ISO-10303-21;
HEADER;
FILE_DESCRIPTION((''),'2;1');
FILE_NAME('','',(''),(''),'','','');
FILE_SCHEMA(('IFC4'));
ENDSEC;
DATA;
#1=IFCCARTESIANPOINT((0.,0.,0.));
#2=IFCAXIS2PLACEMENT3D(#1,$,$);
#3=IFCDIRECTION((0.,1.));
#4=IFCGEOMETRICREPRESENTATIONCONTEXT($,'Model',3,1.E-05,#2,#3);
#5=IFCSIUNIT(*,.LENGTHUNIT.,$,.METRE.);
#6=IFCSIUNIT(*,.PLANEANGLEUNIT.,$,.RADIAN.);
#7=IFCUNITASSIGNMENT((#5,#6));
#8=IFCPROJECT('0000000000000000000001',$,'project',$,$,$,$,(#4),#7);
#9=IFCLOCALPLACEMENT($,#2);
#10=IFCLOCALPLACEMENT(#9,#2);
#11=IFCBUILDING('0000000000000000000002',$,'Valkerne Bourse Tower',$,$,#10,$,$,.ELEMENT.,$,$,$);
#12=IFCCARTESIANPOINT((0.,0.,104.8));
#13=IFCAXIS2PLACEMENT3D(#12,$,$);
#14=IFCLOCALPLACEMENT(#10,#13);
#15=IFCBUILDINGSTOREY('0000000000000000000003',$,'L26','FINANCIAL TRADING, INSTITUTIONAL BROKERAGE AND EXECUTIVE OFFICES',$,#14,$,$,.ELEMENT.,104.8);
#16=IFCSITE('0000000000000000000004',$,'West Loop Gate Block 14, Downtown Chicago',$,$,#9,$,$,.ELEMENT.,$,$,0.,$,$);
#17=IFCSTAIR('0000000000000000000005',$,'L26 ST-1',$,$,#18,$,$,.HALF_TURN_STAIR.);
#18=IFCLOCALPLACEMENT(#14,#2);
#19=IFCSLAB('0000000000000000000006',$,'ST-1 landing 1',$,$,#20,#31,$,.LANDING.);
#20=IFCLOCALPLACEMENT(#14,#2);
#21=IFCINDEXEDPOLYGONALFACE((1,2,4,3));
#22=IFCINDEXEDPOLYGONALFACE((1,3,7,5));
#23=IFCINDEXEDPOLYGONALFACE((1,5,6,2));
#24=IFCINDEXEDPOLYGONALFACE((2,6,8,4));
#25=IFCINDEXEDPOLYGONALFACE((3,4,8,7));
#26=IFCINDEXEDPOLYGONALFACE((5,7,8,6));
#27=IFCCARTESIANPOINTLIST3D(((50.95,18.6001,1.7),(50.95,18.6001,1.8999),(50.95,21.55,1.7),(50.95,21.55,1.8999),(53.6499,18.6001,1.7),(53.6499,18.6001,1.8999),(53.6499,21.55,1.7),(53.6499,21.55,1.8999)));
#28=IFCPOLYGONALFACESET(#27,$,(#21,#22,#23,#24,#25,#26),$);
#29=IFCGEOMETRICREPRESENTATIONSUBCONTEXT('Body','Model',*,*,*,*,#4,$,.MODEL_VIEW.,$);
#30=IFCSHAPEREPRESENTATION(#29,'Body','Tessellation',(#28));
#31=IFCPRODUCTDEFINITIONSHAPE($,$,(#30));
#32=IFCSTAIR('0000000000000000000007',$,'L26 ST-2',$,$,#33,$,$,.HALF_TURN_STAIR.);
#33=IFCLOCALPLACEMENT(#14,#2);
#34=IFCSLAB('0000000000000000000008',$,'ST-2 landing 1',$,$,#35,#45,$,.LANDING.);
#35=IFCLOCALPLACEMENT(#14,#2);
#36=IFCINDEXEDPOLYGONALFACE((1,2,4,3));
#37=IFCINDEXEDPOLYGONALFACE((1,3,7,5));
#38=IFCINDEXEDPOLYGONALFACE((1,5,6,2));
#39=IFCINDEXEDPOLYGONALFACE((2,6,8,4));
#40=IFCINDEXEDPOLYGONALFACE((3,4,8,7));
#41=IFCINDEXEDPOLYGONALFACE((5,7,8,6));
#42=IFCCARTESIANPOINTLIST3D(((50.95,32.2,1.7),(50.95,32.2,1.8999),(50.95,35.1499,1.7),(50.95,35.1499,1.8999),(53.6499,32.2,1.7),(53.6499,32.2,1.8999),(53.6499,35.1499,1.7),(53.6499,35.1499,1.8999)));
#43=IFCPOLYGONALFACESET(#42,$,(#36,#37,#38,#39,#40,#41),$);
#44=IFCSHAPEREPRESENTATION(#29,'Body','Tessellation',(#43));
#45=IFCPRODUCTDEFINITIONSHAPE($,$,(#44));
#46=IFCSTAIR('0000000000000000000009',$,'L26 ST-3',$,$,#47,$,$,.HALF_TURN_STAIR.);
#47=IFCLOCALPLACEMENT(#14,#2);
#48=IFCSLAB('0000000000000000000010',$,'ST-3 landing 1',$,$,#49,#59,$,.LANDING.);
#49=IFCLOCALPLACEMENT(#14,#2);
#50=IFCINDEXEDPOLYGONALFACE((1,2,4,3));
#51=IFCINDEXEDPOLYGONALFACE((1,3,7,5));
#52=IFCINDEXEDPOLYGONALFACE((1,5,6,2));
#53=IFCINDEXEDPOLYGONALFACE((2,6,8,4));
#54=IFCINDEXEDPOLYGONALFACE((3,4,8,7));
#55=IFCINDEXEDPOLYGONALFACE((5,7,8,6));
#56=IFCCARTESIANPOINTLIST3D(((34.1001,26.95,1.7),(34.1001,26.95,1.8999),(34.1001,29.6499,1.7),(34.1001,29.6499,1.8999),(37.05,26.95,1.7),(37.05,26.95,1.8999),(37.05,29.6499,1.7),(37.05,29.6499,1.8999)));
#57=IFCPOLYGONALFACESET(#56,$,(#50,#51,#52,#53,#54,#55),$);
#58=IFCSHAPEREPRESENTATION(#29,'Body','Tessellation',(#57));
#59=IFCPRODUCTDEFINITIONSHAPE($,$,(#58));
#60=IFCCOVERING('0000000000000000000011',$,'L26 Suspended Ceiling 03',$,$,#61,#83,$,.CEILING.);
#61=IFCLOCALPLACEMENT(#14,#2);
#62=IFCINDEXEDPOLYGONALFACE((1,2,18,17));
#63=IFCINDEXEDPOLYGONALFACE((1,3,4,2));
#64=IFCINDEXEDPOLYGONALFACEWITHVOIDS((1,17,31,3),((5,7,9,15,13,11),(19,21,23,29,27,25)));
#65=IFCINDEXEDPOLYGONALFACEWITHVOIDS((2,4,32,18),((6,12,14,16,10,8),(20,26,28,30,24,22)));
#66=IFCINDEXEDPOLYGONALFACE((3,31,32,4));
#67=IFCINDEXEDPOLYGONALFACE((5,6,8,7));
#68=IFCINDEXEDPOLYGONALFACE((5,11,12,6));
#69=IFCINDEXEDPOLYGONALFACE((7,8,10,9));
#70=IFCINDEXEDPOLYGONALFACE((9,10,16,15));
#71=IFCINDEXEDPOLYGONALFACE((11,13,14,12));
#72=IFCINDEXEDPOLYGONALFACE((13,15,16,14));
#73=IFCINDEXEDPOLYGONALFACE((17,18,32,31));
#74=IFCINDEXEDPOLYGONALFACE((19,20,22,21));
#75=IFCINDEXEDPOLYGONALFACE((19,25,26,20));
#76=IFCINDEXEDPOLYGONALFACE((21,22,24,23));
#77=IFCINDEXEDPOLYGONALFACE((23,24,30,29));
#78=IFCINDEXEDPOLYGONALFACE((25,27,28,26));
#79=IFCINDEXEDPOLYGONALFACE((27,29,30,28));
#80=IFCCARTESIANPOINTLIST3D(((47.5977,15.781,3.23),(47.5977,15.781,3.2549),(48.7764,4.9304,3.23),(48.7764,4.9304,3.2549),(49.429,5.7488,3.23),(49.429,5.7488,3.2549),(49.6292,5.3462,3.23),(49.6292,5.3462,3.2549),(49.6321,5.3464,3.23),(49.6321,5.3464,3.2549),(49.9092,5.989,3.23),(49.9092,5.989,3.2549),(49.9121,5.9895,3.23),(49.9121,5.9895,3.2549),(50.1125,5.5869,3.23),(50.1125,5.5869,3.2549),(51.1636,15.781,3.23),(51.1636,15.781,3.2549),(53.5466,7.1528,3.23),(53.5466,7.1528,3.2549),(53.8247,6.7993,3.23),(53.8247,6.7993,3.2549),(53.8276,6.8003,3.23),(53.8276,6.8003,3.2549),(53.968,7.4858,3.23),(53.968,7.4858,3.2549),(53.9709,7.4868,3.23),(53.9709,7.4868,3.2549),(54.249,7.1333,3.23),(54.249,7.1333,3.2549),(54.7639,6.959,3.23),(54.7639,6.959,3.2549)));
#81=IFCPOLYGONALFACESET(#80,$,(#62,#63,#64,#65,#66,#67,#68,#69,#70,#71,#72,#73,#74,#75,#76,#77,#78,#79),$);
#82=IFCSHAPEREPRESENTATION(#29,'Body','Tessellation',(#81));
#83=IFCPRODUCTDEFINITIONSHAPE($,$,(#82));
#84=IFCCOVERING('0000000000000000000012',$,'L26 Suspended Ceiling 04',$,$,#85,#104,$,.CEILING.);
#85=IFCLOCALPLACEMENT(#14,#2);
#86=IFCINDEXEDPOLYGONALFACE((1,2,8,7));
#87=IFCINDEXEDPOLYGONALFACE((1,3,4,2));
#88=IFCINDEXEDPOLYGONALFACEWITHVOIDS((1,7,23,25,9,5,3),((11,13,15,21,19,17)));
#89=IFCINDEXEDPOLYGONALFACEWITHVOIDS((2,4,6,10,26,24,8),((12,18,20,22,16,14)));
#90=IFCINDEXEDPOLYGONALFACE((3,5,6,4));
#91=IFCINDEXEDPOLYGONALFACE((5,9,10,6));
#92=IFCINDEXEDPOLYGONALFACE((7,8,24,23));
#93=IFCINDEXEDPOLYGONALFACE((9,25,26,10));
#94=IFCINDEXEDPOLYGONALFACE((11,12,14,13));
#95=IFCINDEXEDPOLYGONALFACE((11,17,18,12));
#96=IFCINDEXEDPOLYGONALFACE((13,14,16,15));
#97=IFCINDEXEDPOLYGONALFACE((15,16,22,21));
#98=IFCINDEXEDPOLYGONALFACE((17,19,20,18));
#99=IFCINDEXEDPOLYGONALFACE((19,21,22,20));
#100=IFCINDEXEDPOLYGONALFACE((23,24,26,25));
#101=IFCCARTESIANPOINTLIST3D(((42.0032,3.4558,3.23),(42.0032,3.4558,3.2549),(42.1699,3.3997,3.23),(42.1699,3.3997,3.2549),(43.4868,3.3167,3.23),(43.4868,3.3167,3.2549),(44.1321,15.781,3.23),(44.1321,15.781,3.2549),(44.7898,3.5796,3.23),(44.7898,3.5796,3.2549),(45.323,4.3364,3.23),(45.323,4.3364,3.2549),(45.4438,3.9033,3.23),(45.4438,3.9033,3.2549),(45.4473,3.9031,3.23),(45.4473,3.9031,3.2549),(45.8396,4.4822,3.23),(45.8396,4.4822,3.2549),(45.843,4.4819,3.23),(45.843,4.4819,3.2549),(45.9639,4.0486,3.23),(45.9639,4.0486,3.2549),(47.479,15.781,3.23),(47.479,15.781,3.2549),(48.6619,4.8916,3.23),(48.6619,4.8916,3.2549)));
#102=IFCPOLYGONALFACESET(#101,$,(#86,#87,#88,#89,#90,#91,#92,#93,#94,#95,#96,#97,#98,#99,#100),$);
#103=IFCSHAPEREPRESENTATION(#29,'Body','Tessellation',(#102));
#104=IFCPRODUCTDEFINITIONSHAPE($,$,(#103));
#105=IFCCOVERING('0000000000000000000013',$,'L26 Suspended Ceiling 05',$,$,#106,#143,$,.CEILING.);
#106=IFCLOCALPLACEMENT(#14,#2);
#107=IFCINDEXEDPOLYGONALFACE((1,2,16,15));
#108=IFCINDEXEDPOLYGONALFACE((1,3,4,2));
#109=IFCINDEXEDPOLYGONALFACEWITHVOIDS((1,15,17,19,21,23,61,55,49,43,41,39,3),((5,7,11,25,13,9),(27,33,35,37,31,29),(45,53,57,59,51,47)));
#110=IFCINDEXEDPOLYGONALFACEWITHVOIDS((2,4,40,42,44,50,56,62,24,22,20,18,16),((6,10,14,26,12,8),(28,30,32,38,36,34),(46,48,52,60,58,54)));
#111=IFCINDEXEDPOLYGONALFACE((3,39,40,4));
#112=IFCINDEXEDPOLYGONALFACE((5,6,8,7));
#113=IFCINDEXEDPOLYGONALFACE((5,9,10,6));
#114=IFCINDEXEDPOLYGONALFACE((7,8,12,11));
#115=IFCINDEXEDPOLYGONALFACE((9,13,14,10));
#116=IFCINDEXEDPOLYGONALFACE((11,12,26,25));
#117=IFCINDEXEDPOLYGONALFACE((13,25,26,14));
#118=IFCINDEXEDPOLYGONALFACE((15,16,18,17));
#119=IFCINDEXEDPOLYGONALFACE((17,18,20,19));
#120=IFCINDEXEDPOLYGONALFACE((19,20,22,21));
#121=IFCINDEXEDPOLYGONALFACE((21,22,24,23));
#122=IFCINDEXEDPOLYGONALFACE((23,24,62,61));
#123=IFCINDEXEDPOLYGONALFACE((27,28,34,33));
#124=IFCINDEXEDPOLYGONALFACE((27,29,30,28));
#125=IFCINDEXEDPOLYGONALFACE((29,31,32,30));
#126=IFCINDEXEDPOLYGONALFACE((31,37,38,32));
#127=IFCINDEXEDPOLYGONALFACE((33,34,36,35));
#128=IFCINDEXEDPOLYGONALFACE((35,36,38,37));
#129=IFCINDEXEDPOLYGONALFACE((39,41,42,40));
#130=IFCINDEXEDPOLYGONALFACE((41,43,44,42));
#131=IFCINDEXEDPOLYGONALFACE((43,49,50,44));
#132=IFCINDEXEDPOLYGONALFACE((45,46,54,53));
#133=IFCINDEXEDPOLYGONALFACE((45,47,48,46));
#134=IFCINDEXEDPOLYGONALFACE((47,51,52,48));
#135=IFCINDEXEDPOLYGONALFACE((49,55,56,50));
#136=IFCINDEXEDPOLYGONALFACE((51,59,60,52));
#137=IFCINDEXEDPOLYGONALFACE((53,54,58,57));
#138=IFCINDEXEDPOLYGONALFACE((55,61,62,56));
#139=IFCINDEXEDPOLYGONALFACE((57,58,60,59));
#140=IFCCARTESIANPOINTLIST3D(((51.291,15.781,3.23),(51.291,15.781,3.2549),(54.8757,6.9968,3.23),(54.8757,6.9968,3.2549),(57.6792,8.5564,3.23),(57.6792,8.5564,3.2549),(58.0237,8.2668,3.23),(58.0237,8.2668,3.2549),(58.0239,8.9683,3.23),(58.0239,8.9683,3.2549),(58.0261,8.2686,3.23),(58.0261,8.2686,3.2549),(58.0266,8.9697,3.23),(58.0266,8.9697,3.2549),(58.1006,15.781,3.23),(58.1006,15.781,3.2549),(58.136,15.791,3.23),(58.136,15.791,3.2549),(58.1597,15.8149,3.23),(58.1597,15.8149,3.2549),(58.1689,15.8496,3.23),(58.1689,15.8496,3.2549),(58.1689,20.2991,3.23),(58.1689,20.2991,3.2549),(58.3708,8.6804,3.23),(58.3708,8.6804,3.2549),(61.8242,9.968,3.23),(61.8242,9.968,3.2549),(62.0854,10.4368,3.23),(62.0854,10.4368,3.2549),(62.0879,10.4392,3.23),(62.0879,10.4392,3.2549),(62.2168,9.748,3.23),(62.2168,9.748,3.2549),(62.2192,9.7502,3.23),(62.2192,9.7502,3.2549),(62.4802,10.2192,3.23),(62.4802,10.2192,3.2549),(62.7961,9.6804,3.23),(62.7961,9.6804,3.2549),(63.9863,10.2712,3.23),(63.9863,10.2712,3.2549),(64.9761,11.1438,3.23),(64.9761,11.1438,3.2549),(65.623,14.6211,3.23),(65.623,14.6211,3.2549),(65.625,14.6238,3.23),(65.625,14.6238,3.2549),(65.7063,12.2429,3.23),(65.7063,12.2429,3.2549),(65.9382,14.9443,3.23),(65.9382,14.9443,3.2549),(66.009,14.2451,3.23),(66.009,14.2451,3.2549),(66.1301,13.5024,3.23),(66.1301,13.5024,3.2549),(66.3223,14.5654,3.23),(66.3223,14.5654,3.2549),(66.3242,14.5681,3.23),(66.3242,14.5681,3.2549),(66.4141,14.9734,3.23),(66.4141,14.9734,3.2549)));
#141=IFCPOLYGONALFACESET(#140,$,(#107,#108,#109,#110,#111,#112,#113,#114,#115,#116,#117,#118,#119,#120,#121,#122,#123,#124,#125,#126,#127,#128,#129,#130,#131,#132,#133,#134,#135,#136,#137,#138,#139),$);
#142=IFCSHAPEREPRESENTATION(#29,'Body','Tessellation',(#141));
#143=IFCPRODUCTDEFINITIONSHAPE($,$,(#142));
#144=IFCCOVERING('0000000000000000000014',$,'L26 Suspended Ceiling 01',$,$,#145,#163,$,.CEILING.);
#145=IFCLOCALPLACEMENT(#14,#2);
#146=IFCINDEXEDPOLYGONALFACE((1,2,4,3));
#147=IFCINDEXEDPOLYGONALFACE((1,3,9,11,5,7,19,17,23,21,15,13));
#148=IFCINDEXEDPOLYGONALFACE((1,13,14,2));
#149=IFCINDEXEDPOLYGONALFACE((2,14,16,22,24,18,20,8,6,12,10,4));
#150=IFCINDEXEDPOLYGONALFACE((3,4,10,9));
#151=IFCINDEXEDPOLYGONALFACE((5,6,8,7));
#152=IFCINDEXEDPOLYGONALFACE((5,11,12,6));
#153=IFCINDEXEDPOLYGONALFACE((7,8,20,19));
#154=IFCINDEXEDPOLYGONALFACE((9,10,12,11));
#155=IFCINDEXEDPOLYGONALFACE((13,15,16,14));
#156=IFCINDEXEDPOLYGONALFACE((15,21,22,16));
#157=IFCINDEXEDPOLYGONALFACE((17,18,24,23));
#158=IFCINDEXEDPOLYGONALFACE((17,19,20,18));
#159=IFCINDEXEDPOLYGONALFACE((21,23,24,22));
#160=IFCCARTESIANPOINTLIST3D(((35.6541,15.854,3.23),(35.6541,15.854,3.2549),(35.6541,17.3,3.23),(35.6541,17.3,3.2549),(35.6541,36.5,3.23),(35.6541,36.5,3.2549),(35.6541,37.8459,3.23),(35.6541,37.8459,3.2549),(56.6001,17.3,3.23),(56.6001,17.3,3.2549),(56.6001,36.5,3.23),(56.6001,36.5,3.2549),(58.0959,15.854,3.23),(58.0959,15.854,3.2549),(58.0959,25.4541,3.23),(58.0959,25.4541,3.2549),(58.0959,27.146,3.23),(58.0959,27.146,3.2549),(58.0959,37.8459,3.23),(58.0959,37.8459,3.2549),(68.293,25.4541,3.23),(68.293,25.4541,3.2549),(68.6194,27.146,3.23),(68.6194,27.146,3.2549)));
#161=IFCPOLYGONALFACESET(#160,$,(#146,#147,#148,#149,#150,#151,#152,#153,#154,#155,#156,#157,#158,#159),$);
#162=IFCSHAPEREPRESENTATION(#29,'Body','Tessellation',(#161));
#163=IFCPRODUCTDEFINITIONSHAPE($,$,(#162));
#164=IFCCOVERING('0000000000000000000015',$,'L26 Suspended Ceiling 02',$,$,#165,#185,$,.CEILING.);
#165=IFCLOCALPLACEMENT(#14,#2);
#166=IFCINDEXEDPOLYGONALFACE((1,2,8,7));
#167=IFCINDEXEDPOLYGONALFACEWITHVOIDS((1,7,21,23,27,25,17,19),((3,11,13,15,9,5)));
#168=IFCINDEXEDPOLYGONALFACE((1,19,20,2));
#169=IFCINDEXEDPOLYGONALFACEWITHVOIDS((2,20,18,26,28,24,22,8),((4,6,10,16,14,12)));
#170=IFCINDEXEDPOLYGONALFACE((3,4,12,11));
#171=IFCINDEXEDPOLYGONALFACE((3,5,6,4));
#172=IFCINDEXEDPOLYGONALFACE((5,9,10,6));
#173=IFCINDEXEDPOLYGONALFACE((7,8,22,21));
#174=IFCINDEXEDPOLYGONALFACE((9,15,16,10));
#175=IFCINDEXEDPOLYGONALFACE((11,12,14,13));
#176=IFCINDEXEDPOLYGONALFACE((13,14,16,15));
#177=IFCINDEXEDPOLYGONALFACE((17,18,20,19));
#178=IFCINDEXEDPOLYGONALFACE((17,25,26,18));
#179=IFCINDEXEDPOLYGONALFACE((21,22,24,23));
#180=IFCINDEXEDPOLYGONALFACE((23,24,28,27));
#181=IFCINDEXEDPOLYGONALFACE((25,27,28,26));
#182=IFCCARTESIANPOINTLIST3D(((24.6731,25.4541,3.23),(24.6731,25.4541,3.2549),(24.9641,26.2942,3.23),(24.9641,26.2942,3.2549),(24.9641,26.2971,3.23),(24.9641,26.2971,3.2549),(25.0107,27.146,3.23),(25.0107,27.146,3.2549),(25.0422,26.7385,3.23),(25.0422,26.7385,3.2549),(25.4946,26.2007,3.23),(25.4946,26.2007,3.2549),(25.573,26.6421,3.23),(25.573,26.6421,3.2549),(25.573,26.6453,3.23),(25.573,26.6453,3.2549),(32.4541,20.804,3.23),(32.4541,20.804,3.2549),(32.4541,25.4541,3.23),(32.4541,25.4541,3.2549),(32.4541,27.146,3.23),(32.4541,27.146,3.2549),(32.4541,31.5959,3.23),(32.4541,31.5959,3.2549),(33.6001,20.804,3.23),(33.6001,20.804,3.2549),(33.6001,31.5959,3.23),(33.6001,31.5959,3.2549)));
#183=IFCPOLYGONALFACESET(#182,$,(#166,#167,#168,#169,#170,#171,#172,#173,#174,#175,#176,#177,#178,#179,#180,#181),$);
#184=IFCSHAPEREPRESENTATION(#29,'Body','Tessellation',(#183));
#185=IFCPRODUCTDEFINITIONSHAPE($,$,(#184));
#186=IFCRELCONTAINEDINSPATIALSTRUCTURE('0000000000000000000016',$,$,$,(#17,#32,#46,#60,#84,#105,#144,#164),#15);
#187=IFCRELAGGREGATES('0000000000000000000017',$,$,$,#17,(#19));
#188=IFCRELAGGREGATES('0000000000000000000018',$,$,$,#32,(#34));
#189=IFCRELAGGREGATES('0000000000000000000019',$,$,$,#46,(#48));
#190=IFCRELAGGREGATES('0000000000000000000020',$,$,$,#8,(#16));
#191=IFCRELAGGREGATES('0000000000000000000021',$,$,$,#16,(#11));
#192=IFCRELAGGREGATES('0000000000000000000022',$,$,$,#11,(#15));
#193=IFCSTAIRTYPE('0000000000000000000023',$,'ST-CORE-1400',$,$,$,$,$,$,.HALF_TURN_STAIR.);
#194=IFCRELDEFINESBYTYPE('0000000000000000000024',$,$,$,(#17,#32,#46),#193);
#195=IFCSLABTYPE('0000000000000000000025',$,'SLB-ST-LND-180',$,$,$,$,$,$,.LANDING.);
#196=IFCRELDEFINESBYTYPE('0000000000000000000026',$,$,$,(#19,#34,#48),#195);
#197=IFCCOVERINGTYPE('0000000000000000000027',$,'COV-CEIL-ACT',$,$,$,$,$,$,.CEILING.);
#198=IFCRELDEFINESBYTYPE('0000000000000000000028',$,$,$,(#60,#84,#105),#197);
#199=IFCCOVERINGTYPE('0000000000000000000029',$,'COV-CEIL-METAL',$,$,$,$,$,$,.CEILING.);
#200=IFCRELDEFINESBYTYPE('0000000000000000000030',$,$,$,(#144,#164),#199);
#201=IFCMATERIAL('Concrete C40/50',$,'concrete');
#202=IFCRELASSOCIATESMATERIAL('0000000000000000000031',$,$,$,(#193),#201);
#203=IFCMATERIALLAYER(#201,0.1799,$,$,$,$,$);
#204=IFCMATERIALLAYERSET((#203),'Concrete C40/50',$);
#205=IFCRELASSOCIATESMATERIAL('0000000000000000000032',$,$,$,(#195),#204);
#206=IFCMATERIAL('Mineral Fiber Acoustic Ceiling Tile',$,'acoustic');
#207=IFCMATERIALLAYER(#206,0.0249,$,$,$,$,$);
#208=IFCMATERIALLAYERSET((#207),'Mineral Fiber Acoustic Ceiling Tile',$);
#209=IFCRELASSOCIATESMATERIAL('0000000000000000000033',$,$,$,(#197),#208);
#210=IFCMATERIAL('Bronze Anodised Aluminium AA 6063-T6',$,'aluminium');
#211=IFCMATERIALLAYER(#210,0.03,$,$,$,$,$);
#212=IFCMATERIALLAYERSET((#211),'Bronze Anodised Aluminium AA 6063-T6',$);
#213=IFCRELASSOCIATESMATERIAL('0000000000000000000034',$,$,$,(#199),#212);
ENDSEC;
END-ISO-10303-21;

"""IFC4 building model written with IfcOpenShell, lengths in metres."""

from ifc_helpers import new_model, si_unit, direction, frame, origin, place, context, subcontext, project, spatial, polyline, outline, extrude, material, layer, layer_set, type_object, element, aggregate, save


model = new_model("IFC4")

# Units and contexts
model_context = context("Model", 3, precision=1e-05, world=origin(), true_north=direction((0.0, 1.0)))
body_context = subcontext(model_context, "Body", "Model", "MODEL_VIEW")
ifc_project = project(units=[si_unit("LENGTHUNIT", "METRE"), si_unit("PLANEANGLEUNIT", "RADIAN")], contexts=[model_context])

# Site, building, storey
site_placement = place(None, origin())
site = spatial("IfcSite", under=ifc_project, at=site_placement, Name="West Loop Gate Block 14, Downtown Chicago", CompositionType="ELEMENT", RefElevation=0.0)
building_placement = place(site_placement, origin())
building = spatial("IfcBuilding", under=site, at=building_placement, Name="Valkerne Bourse Tower", CompositionType="ELEMENT")
storey_placement = place(building_placement, frame((0.0, 0.0, 104.8)))
storey = spatial("IfcBuildingStorey", under=building, at=storey_placement, Name="L26", Description="FINANCIAL TRADING, INSTITUTIONAL BROKERAGE AND EXECUTIVE OFFICES", CompositionType="ELEMENT", Elevation=104.8)

# Stairs, slabs
ifc_material_1 = material(Name="Concrete C40/50", Category="concrete")
stair_type = type_object("IfcStairType", Name="ST-CORE-1400", PredefinedType="HALF_TURN_STAIR", material=ifc_material_1)
stair_1_placement = place(storey_placement, origin())
stair_1 = element("IfcStair", 1, at=stair_1_placement, inside=storey, type_object=stair_type, Name="L26 ST-1", PredefinedType="HALF_TURN_STAIR")
ifc_layer_1 = layer(ifc_material_1, 0.1799)
ifc_layer_set_1 = layer_set([ifc_layer_1], Name="Concrete C40/50")
slab_type = type_object("IfcSlabType", Name="SLB-ST-LND-180", PredefinedType="LANDING", material=ifc_layer_set_1)
slab_1_placement = place(storey_placement, frame((0.0, 0.0, 1.7)))
slab_1 = element("IfcSlab", 2, at=slab_1_placement, type_object=slab_type, Name="ST-1 landing 1", PredefinedType="LANDING", context=body_context, shape_type="SweptSolid", body=[
    extrude(outline(polyline([(50.95, 18.6001), (53.6499, 18.6001), (53.6499, 21.55), (50.95, 21.55), (50.95, 18.6001)])), origin(), (0.0, 0.0, 1.0), 0.2),
])
aggregate(stair_1, [slab_1])
stair_2_placement = place(storey_placement, origin())
stair_2 = element("IfcStair", 3, at=stair_2_placement, inside=storey, type_object=stair_type, Name="L26 ST-2", PredefinedType="HALF_TURN_STAIR")
slab_2_placement = place(storey_placement, frame((0.0, 0.0, 1.7)))
slab_2 = element("IfcSlab", 4, at=slab_2_placement, type_object=slab_type, Name="ST-2 landing 1", PredefinedType="LANDING", context=body_context, shape_type="SweptSolid", body=[
    extrude(outline(polyline([(50.95, 32.2), (53.6499, 32.2), (53.6499, 35.1499), (50.95, 35.1499), (50.95, 32.2)])), origin(), (0.0, 0.0, 1.0), 0.2),
])
aggregate(stair_2, [slab_2])
stair_3_placement = place(storey_placement, origin())
stair_3 = element("IfcStair", 5, at=stair_3_placement, inside=storey, type_object=stair_type, Name="L26 ST-3", PredefinedType="HALF_TURN_STAIR")
slab_3_placement = place(storey_placement, frame((0.0, 0.0, 1.7)))
slab_3 = element("IfcSlab", 6, at=slab_3_placement, type_object=slab_type, Name="ST-3 landing 1", PredefinedType="LANDING", context=body_context, shape_type="SweptSolid", body=[
    extrude(outline(polyline([(37.05, 26.95), (37.05, 29.6499), (34.1001, 29.6499), (34.1001, 26.95), (37.05, 26.95)])), origin(), (0.0, 0.0, 1.0), 0.2),
])
aggregate(stair_3, [slab_3])

# Coverings
ifc_material_2 = material(Name="Mineral Fiber Acoustic Ceiling Tile", Category="acoustic")
ifc_layer_2 = layer(ifc_material_2, 0.0249)
ifc_layer_set_2 = layer_set([ifc_layer_2], Name="Mineral Fiber Acoustic Ceiling Tile")
covering_type_1 = type_object("IfcCoveringType", Name="COV-CEIL-ACT", PredefinedType="CEILING", material=ifc_layer_set_2)
covering_1_placement = place(storey_placement, frame((0.0, 0.0, 3.23)))
element("IfcCovering", 7, at=covering_1_placement, inside=storey, type_object=covering_type_1, Name="L26 Suspended Ceiling 03", PredefinedType="CEILING", context=body_context, shape_type="SweptSolid", body=[
    extrude(outline(polyline([(51.1636, 15.781), (54.7639, 6.959), (48.7764, 4.9304), (47.5977, 15.781), (51.1636, 15.781)]), holes=[polyline([(50.1125, 5.5869), (49.9121, 5.9895), (49.9092, 5.989), (49.429, 5.7488), (49.6292, 5.3462), (49.6321, 5.3464), (50.1125, 5.5869)]), polyline([(54.249, 7.1333), (53.9709, 7.4868), (53.968, 7.4858), (53.5466, 7.1528), (53.8247, 6.7993), (53.8276, 6.8003), (54.249, 7.1333)])]), origin(), (0.0, 0.0, 1.0), 0.0249),
])
covering_2_placement = place(storey_placement, frame((0.0, 0.0, 3.23)))
element("IfcCovering", 8, at=covering_2_placement, inside=storey, type_object=covering_type_1, Name="L26 Suspended Ceiling 04", PredefinedType="CEILING", context=body_context, shape_type="SweptSolid", body=[
    extrude(outline(polyline([(42.1699, 3.3997), (42.0032, 3.4558), (44.1321, 15.781), (47.479, 15.781), (48.6619, 4.8916), (44.7898, 3.5796), (43.4868, 3.3167), (42.1699, 3.3997)]), holes=[polyline([(45.9639, 4.0486), (45.843, 4.4819), (45.8396, 4.4822), (45.323, 4.3364), (45.4438, 3.9033), (45.4473, 3.9031), (45.9639, 4.0486)])]), origin(), (0.0, 0.0, 1.0), 0.0249),
])
covering_3_placement = place(storey_placement, frame((0.0, 0.0, 3.23)))
element("IfcCovering", 9, at=covering_3_placement, inside=storey, type_object=covering_type_1, Name="L26 Suspended Ceiling 05", PredefinedType="CEILING", context=body_context, shape_type="SweptSolid", body=[
    extrude(outline(polyline([(63.9863, 10.2712), (62.7961, 9.6804), (54.8757, 6.9968), (51.291, 15.781), (58.1006, 15.781), (58.136, 15.791), (58.1597, 15.8149), (58.1689, 15.8496), (58.1689, 20.2991), (66.4141, 14.9734), (66.1301, 13.5024), (65.7063, 12.2429), (64.9761, 11.1438), (63.9863, 10.2712)]), holes=[polyline([(58.0261, 8.2686), (58.3708, 8.6804), (58.0266, 8.9697), (58.0239, 8.9683), (57.6792, 8.5564), (58.0237, 8.2668), (58.0261, 8.2686)]), polyline([(62.2192, 9.7502), (62.4802, 10.2192), (62.0879, 10.4392), (62.0854, 10.4368), (61.8242, 9.968), (62.2168, 9.748), (62.2192, 9.7502)]), polyline([(66.3242, 14.5681), (65.9382, 14.9443), (65.625, 14.6238), (65.623, 14.6211), (66.009, 14.2451), (66.3223, 14.5654), (66.3242, 14.5681)])]), origin(), (0.0, 0.0, 1.0), 0.0249),
])
ifc_material_3 = material(Name="Bronze Anodised Aluminium AA 6063-T6", Category="aluminium")
ifc_layer_3 = layer(ifc_material_3, 0.03)
ifc_layer_set_3 = layer_set([ifc_layer_3], Name="Bronze Anodised Aluminium AA 6063-T6")
covering_type_2 = type_object("IfcCoveringType", Name="COV-CEIL-METAL", PredefinedType="CEILING", material=ifc_layer_set_3)
covering_4_placement = place(storey_placement, frame((0.0, 0.0, 3.23)))
element("IfcCovering", 10, at=covering_4_placement, inside=storey, type_object=covering_type_2, Name="L26 Suspended Ceiling 01", PredefinedType="CEILING", context=body_context, shape_type="SweptSolid", body=[
    extrude(outline(polyline([(68.6194, 27.146), (68.293, 25.4541), (58.0959, 25.4541), (58.0959, 15.854), (35.6541, 15.854), (35.6541, 17.3), (56.6001, 17.3), (56.6001, 36.5), (35.6541, 36.5), (35.6541, 37.8459), (58.0959, 37.8459), (58.0959, 27.146), (68.6194, 27.146)])), origin(), (0.0, 0.0, 1.0), 0.0249),
])
covering_5_placement = place(storey_placement, frame((0.0, 0.0, 3.23)))
element("IfcCovering", 11, at=covering_5_placement, inside=storey, type_object=covering_type_2, Name="L26 Suspended Ceiling 02", PredefinedType="CEILING", context=body_context, shape_type="SweptSolid", body=[
    extrude(outline(polyline([(32.4541, 20.804), (32.4541, 25.4541), (24.6731, 25.4541), (25.0107, 27.146), (32.4541, 27.146), (32.4541, 31.5959), (33.6001, 31.5959), (33.6001, 20.804), (32.4541, 20.804)]), holes=[polyline([(25.573, 26.6453), (25.0422, 26.7385), (24.9641, 26.2971), (24.9641, 26.2942), (25.4946, 26.2007), (25.573, 26.6421), (25.573, 26.6453)])]), origin(), (0.0, 0.0, 1.0), 0.0249),
])

save(model, "model.ifc")
